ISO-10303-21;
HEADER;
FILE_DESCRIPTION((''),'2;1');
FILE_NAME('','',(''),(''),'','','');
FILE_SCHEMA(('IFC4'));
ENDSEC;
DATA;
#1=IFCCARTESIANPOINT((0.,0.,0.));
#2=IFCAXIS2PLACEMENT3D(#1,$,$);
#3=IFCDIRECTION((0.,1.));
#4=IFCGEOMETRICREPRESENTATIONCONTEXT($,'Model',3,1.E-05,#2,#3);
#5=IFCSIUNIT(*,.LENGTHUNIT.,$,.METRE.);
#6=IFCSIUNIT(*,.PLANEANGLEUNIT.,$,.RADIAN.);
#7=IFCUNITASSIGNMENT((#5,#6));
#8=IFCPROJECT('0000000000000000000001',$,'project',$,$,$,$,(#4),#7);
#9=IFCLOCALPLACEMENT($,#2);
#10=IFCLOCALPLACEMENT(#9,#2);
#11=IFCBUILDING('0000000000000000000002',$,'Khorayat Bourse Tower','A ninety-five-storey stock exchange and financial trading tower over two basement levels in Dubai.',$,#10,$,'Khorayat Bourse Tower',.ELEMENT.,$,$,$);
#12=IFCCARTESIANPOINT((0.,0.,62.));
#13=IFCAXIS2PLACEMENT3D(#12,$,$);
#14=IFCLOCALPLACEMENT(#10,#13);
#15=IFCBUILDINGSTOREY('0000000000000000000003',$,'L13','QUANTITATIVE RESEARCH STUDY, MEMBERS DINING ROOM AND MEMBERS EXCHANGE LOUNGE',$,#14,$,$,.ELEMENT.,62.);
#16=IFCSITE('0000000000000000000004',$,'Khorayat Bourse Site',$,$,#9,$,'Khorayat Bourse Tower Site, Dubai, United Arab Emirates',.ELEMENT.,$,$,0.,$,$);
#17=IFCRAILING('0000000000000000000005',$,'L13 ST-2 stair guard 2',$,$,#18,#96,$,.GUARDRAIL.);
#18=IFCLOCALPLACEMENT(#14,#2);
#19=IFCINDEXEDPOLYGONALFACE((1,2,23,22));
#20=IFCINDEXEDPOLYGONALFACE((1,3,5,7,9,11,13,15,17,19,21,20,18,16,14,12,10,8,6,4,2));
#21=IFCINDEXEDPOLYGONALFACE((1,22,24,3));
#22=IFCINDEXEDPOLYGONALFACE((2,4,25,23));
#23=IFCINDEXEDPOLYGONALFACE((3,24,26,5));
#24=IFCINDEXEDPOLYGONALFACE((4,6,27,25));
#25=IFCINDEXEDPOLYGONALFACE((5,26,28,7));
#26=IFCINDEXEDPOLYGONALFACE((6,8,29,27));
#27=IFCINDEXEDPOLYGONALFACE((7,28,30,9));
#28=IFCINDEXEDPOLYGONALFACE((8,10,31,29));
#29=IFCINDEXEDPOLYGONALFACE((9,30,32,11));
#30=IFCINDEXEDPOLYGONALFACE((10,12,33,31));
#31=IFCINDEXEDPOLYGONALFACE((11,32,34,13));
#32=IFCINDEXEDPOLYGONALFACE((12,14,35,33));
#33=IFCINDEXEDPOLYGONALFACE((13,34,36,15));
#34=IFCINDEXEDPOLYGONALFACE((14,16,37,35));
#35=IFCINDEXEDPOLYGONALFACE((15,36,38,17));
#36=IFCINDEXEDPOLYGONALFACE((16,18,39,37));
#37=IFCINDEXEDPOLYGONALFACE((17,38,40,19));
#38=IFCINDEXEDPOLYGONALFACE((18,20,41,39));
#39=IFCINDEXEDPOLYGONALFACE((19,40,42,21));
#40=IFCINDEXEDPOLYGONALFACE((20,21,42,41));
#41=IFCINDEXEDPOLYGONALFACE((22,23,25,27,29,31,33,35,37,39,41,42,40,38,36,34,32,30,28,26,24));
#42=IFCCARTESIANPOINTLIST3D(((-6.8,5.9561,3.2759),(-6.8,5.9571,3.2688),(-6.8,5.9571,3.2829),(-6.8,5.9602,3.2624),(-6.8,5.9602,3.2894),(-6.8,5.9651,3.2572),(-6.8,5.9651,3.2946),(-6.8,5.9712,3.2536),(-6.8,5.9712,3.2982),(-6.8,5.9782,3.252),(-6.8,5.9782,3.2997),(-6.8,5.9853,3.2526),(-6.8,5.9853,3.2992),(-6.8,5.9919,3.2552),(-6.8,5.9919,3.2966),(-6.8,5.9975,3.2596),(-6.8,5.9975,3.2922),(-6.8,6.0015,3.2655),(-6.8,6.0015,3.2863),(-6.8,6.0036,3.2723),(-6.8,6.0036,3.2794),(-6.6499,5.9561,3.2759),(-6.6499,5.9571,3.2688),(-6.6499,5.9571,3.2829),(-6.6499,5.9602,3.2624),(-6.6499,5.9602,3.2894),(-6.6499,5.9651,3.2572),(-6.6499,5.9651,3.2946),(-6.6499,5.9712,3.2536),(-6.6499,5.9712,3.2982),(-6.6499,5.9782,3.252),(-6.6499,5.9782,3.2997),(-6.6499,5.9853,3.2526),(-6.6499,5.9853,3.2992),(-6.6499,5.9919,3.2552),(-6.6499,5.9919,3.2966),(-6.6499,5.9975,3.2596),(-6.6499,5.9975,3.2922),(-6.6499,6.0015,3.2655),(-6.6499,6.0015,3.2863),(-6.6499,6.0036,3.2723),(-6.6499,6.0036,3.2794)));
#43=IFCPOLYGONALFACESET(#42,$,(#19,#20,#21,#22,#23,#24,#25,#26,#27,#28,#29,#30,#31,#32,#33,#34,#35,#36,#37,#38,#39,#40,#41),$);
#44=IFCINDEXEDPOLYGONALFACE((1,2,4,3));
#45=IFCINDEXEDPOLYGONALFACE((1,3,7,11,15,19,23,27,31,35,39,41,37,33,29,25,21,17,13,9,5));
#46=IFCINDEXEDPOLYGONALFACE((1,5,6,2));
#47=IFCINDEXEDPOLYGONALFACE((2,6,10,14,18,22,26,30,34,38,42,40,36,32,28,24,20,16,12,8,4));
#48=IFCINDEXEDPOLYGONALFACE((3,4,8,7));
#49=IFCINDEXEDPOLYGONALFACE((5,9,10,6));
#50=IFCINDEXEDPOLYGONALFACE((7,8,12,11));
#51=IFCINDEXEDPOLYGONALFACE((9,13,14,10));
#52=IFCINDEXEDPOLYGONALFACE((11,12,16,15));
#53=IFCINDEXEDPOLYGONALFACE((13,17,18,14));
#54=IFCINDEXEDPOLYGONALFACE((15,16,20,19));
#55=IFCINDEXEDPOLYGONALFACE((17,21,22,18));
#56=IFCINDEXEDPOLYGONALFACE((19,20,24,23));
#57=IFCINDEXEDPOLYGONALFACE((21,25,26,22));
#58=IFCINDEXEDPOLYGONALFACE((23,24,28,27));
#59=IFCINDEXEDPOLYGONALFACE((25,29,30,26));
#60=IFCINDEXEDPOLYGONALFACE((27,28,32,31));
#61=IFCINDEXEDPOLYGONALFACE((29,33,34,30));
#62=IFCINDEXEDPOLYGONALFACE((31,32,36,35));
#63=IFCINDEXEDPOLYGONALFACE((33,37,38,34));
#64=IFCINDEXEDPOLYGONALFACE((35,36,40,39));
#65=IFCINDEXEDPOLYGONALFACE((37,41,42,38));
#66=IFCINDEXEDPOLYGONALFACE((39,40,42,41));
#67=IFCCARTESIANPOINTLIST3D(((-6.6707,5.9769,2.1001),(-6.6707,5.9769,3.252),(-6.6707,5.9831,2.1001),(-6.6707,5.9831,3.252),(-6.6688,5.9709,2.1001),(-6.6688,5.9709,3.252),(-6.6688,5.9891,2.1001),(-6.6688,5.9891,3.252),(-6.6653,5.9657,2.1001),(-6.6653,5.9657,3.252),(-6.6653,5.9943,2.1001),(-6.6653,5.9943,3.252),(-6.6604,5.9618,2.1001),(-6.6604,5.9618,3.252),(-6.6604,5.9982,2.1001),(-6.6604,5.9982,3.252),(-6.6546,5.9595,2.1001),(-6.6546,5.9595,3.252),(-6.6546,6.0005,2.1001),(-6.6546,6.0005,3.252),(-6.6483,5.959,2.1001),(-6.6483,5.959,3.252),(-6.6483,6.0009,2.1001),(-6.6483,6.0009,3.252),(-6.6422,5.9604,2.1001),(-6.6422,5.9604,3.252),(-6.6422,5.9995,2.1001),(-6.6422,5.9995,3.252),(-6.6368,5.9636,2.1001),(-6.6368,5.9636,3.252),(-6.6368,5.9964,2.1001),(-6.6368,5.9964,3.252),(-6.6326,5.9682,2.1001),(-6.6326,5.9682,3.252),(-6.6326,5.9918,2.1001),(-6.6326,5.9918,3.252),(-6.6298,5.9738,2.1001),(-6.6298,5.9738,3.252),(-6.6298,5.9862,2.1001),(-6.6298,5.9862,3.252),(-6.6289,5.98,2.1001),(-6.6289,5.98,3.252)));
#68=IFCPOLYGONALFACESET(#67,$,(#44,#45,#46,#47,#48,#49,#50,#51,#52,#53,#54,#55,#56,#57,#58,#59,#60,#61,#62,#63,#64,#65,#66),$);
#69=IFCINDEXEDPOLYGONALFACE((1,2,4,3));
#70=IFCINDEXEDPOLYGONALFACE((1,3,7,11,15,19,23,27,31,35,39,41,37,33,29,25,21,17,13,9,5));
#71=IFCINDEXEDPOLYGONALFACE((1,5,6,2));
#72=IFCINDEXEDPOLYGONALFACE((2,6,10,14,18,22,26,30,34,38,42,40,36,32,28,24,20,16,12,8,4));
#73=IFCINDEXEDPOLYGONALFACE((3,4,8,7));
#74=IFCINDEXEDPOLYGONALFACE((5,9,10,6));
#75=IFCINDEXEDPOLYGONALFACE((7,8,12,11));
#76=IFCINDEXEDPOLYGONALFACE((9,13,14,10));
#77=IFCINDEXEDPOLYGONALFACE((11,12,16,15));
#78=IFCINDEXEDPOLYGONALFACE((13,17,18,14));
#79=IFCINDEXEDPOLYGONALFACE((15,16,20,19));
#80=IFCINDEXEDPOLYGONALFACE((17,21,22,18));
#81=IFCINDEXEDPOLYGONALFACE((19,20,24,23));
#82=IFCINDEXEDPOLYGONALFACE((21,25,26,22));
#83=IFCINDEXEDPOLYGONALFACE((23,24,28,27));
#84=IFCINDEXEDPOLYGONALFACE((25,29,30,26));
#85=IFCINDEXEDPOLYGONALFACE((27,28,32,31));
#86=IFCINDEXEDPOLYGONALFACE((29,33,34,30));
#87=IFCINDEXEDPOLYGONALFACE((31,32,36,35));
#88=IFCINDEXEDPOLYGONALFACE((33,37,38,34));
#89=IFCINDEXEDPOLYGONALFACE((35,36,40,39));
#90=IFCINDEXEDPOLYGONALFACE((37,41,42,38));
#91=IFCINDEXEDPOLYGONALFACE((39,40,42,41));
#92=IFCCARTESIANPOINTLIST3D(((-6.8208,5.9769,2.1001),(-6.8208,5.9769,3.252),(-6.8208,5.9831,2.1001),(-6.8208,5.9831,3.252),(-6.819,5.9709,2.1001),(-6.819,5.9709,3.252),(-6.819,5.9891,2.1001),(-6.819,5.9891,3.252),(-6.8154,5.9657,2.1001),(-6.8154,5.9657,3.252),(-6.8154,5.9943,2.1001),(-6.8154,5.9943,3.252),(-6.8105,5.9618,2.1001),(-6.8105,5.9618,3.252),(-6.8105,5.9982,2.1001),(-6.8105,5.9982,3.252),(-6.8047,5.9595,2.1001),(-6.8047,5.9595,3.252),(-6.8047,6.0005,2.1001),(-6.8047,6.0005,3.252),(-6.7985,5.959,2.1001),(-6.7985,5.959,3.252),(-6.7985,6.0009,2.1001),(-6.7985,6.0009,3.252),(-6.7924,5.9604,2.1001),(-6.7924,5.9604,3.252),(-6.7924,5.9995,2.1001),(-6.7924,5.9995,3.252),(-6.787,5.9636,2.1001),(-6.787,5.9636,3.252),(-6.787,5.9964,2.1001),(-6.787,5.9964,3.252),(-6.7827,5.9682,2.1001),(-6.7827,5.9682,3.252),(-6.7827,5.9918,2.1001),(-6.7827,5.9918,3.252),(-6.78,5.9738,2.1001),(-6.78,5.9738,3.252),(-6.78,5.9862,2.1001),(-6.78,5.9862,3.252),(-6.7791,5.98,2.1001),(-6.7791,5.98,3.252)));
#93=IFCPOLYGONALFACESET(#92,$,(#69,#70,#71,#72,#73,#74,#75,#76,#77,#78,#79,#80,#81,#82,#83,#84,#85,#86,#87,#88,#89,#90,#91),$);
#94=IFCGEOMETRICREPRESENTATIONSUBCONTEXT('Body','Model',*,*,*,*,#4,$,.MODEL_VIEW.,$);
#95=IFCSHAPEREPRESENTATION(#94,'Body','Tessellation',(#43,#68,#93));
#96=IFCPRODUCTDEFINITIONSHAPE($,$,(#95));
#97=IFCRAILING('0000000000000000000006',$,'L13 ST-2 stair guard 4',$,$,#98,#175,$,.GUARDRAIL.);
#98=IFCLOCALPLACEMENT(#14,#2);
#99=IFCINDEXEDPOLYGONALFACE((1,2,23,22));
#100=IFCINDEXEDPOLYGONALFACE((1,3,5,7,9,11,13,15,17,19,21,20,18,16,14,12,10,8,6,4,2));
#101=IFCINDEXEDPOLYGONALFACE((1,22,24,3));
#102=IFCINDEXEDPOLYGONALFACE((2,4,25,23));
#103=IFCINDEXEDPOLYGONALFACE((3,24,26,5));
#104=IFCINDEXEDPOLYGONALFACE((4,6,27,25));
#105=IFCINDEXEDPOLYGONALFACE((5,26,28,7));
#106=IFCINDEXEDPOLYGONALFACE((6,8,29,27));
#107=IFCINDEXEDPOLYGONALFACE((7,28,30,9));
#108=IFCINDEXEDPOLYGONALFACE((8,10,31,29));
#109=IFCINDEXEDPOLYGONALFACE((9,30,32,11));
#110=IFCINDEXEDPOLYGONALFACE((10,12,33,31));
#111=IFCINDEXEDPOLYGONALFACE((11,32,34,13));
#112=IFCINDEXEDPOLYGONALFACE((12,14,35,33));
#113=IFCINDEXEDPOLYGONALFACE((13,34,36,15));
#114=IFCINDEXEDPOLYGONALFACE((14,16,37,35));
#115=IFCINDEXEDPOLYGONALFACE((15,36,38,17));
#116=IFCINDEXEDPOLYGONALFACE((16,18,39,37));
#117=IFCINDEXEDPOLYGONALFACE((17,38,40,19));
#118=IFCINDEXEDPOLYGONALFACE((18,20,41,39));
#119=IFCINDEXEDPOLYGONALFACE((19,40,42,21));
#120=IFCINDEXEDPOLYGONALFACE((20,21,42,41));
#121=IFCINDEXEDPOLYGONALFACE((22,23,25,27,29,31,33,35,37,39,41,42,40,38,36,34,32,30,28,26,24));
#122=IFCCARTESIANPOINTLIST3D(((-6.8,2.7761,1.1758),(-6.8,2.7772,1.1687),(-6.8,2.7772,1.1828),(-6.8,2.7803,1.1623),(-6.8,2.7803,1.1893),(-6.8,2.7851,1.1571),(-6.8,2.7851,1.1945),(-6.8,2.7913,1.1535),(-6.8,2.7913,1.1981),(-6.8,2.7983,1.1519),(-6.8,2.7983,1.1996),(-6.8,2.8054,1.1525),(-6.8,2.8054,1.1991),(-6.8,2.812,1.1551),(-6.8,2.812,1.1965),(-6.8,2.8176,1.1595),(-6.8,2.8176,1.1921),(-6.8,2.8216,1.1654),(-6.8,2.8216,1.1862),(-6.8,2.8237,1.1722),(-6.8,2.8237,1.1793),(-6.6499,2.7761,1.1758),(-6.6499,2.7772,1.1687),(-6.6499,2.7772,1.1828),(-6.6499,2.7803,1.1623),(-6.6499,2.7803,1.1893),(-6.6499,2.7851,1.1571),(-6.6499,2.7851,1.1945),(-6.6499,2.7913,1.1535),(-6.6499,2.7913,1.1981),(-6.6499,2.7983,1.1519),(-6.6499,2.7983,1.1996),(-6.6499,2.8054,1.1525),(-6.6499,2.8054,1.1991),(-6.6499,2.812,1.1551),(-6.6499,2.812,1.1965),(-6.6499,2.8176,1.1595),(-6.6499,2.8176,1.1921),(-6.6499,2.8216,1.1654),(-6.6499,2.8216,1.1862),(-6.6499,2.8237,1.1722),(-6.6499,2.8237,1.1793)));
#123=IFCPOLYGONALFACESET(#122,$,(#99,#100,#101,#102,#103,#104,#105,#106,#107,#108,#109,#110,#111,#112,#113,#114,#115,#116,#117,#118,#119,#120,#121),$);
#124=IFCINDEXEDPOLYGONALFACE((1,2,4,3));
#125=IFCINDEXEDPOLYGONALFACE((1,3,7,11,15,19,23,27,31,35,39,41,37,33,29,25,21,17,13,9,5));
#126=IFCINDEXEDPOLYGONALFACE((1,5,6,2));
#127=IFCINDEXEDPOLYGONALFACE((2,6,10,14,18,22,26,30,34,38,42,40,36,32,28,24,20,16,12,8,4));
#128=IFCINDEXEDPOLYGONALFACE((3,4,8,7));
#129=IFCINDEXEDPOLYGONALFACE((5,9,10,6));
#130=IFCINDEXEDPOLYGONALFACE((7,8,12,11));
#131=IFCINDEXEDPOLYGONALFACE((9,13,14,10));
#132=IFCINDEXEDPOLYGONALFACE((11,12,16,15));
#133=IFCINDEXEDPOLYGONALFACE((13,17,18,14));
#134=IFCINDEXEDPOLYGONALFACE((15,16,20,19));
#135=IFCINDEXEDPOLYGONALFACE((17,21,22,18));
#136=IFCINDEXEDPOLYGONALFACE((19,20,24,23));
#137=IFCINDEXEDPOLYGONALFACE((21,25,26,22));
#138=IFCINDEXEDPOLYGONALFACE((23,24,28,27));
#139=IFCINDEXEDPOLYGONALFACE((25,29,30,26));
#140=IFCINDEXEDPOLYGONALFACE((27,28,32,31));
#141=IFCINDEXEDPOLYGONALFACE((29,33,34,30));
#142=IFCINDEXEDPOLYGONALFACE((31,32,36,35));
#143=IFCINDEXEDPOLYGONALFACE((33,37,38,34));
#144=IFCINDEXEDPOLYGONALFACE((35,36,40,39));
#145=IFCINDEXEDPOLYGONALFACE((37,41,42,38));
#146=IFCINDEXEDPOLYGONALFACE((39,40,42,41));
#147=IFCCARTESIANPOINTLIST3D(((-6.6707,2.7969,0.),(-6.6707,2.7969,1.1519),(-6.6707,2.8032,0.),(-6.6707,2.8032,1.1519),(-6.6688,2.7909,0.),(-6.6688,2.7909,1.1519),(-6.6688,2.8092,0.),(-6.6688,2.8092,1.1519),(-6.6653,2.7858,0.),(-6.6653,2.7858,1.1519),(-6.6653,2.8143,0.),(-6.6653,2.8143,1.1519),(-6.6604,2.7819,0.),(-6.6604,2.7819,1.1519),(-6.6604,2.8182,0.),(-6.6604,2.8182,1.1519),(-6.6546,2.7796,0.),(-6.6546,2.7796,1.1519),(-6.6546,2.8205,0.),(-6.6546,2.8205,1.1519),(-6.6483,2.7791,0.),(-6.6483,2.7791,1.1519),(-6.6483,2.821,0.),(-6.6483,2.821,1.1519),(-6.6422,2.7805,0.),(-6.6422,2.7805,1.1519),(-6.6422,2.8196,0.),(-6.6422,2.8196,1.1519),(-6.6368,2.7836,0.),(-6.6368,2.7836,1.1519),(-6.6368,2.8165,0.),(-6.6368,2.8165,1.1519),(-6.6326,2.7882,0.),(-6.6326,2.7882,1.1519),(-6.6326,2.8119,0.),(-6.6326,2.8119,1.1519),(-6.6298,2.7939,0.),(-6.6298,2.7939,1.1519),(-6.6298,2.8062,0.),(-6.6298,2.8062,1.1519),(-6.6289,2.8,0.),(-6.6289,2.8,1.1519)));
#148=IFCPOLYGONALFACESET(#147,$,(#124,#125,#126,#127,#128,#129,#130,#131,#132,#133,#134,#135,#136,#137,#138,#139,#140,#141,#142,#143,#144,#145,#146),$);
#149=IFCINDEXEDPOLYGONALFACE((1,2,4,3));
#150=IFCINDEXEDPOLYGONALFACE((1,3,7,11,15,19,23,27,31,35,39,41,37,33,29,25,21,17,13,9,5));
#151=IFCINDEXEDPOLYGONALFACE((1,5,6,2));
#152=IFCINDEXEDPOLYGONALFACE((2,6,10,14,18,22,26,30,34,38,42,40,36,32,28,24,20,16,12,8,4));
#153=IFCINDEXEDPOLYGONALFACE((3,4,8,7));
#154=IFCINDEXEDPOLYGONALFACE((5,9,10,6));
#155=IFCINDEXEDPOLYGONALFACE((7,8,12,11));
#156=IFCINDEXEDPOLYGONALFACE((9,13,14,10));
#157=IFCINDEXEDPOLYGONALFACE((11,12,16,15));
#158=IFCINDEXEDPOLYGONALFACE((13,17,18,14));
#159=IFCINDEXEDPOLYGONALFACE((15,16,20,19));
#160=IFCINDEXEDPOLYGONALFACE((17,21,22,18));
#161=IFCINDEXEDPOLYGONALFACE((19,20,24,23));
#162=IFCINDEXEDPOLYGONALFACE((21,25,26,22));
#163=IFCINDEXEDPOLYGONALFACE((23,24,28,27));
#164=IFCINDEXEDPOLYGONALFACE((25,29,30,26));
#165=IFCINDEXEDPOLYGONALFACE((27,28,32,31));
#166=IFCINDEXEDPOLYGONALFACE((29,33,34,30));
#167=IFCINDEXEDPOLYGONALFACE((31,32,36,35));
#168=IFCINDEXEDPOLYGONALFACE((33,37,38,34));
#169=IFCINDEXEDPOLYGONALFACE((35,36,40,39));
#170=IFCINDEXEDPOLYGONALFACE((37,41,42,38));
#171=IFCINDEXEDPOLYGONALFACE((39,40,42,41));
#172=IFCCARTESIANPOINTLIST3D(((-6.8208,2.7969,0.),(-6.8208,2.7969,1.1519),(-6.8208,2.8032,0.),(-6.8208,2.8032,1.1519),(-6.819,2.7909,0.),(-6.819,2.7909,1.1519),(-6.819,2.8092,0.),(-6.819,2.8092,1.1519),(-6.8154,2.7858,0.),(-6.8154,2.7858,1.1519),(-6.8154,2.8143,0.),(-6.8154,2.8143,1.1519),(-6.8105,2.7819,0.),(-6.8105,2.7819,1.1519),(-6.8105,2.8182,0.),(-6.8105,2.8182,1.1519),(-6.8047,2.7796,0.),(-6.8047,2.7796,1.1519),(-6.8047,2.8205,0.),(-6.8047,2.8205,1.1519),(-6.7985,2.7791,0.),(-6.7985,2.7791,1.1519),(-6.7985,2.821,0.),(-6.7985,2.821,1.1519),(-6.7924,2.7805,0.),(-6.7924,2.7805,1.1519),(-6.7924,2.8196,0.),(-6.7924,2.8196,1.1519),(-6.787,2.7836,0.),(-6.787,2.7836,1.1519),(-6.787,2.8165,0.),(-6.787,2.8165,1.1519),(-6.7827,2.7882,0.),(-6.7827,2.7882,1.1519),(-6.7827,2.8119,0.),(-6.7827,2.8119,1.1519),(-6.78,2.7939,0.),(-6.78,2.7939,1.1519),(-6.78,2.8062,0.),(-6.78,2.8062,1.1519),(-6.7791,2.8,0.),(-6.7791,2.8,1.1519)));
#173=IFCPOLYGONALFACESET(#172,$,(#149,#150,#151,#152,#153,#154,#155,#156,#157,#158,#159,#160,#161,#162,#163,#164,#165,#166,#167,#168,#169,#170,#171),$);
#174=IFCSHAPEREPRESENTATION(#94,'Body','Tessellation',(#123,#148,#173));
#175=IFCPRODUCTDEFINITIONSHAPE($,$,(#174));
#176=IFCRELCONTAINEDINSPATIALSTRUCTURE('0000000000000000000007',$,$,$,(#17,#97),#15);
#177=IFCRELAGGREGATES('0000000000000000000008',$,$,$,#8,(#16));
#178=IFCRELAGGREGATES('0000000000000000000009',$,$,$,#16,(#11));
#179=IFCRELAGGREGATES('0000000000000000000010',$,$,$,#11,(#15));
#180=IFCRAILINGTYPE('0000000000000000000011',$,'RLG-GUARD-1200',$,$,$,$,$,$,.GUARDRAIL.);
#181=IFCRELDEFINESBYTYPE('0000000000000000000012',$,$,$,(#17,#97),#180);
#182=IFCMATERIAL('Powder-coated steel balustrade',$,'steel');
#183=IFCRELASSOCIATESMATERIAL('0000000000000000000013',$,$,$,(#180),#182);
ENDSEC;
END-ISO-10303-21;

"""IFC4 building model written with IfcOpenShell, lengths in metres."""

from ifc_helpers import new_model, si_unit, direction, frame, origin, origin_2d, place, context, subcontext, project, spatial, circle, extrude, source, transform, mapped, material, type_object, element, save


model = new_model("IFC4")

# Units and contexts
model_context = context("Model", 3, precision=1e-05, world=origin(), true_north=direction((0.0, 1.0)))
body_context = subcontext(model_context, "Body", "Model", "MODEL_VIEW")
ifc_project = project(units=[si_unit("LENGTHUNIT", "METRE"), si_unit("PLANEANGLEUNIT", "RADIAN")], contexts=[model_context])

# Site, building, storey
site_placement = place(None, origin())
site = spatial("IfcSite", under=ifc_project, at=site_placement, Name="Khorayat Bourse Site", LongName="Khorayat Bourse Tower Site, Dubai, United Arab Emirates", CompositionType="ELEMENT", RefElevation=0.0)
building_placement = place(site_placement, origin())
building = spatial("IfcBuilding", under=site, at=building_placement, Name="Khorayat Bourse Tower", Description="A ninety-five-storey stock exchange and financial trading tower over two basement levels in Dubai.", LongName="Khorayat Bourse Tower", CompositionType="ELEMENT")
storey_placement = place(building_placement, frame((0.0, 0.0, 62.0)))
storey = spatial("IfcBuildingStorey", under=building, at=storey_placement, Name="L13", Description="QUANTITATIVE RESEARCH STUDY, MEMBERS DINING ROOM AND MEMBERS EXCHANGE LOUNGE", CompositionType="ELEMENT", Elevation=62.0)

# Railings
ifc_material_1 = material(Name="Powder-coated steel balustrade", Category="steel")
railing_type_1 = type_object("IfcRailingType", Name="RLG-GUARD-1200", PredefinedType="GUARDRAIL", material=ifc_material_1)
shared_shape_1 = source(origin(), body_context, "Body", "SweptSolid", [
    extrude(circle(Radius=0.0239, at=origin_2d()), frame((0.0, 0.0, 1.1758), z_axis=(-1.0, 0.0, 0.0), x_axis=(0.0, -1.0, 0.0)), (0.0, 0.0, 1.0), 0.1501),
    extrude(circle(Radius=0.021, at=origin_2d()), origin(), (0.0, 0.0, 1.0), 1.1519),
    extrude(circle(Radius=0.021, at=origin_2d()), frame((-0.1501, 0.0, 0.0)), (0.0, 0.0, 1.0), 1.1519),
])
for number, where, name in (
    (1, (-6.6499, 5.98, 2.1001), "L13 ST-2 stair guard 2"),
    (2, (-6.6499, 2.8, 0.0), "L13 ST-2 stair guard 4"),
):
    element("IfcRailing", number, at=place(storey_placement, frame(where)), inside=storey, type_object=railing_type_1, Name=name, PredefinedType="GUARDRAIL", context=body_context, shape_type="MappedRepresentation", body=[
        mapped(shared_shape_1, transform((0.0, 0.0, 0.0), scale=1.0)),
    ])

save(model, "model.ifc")
